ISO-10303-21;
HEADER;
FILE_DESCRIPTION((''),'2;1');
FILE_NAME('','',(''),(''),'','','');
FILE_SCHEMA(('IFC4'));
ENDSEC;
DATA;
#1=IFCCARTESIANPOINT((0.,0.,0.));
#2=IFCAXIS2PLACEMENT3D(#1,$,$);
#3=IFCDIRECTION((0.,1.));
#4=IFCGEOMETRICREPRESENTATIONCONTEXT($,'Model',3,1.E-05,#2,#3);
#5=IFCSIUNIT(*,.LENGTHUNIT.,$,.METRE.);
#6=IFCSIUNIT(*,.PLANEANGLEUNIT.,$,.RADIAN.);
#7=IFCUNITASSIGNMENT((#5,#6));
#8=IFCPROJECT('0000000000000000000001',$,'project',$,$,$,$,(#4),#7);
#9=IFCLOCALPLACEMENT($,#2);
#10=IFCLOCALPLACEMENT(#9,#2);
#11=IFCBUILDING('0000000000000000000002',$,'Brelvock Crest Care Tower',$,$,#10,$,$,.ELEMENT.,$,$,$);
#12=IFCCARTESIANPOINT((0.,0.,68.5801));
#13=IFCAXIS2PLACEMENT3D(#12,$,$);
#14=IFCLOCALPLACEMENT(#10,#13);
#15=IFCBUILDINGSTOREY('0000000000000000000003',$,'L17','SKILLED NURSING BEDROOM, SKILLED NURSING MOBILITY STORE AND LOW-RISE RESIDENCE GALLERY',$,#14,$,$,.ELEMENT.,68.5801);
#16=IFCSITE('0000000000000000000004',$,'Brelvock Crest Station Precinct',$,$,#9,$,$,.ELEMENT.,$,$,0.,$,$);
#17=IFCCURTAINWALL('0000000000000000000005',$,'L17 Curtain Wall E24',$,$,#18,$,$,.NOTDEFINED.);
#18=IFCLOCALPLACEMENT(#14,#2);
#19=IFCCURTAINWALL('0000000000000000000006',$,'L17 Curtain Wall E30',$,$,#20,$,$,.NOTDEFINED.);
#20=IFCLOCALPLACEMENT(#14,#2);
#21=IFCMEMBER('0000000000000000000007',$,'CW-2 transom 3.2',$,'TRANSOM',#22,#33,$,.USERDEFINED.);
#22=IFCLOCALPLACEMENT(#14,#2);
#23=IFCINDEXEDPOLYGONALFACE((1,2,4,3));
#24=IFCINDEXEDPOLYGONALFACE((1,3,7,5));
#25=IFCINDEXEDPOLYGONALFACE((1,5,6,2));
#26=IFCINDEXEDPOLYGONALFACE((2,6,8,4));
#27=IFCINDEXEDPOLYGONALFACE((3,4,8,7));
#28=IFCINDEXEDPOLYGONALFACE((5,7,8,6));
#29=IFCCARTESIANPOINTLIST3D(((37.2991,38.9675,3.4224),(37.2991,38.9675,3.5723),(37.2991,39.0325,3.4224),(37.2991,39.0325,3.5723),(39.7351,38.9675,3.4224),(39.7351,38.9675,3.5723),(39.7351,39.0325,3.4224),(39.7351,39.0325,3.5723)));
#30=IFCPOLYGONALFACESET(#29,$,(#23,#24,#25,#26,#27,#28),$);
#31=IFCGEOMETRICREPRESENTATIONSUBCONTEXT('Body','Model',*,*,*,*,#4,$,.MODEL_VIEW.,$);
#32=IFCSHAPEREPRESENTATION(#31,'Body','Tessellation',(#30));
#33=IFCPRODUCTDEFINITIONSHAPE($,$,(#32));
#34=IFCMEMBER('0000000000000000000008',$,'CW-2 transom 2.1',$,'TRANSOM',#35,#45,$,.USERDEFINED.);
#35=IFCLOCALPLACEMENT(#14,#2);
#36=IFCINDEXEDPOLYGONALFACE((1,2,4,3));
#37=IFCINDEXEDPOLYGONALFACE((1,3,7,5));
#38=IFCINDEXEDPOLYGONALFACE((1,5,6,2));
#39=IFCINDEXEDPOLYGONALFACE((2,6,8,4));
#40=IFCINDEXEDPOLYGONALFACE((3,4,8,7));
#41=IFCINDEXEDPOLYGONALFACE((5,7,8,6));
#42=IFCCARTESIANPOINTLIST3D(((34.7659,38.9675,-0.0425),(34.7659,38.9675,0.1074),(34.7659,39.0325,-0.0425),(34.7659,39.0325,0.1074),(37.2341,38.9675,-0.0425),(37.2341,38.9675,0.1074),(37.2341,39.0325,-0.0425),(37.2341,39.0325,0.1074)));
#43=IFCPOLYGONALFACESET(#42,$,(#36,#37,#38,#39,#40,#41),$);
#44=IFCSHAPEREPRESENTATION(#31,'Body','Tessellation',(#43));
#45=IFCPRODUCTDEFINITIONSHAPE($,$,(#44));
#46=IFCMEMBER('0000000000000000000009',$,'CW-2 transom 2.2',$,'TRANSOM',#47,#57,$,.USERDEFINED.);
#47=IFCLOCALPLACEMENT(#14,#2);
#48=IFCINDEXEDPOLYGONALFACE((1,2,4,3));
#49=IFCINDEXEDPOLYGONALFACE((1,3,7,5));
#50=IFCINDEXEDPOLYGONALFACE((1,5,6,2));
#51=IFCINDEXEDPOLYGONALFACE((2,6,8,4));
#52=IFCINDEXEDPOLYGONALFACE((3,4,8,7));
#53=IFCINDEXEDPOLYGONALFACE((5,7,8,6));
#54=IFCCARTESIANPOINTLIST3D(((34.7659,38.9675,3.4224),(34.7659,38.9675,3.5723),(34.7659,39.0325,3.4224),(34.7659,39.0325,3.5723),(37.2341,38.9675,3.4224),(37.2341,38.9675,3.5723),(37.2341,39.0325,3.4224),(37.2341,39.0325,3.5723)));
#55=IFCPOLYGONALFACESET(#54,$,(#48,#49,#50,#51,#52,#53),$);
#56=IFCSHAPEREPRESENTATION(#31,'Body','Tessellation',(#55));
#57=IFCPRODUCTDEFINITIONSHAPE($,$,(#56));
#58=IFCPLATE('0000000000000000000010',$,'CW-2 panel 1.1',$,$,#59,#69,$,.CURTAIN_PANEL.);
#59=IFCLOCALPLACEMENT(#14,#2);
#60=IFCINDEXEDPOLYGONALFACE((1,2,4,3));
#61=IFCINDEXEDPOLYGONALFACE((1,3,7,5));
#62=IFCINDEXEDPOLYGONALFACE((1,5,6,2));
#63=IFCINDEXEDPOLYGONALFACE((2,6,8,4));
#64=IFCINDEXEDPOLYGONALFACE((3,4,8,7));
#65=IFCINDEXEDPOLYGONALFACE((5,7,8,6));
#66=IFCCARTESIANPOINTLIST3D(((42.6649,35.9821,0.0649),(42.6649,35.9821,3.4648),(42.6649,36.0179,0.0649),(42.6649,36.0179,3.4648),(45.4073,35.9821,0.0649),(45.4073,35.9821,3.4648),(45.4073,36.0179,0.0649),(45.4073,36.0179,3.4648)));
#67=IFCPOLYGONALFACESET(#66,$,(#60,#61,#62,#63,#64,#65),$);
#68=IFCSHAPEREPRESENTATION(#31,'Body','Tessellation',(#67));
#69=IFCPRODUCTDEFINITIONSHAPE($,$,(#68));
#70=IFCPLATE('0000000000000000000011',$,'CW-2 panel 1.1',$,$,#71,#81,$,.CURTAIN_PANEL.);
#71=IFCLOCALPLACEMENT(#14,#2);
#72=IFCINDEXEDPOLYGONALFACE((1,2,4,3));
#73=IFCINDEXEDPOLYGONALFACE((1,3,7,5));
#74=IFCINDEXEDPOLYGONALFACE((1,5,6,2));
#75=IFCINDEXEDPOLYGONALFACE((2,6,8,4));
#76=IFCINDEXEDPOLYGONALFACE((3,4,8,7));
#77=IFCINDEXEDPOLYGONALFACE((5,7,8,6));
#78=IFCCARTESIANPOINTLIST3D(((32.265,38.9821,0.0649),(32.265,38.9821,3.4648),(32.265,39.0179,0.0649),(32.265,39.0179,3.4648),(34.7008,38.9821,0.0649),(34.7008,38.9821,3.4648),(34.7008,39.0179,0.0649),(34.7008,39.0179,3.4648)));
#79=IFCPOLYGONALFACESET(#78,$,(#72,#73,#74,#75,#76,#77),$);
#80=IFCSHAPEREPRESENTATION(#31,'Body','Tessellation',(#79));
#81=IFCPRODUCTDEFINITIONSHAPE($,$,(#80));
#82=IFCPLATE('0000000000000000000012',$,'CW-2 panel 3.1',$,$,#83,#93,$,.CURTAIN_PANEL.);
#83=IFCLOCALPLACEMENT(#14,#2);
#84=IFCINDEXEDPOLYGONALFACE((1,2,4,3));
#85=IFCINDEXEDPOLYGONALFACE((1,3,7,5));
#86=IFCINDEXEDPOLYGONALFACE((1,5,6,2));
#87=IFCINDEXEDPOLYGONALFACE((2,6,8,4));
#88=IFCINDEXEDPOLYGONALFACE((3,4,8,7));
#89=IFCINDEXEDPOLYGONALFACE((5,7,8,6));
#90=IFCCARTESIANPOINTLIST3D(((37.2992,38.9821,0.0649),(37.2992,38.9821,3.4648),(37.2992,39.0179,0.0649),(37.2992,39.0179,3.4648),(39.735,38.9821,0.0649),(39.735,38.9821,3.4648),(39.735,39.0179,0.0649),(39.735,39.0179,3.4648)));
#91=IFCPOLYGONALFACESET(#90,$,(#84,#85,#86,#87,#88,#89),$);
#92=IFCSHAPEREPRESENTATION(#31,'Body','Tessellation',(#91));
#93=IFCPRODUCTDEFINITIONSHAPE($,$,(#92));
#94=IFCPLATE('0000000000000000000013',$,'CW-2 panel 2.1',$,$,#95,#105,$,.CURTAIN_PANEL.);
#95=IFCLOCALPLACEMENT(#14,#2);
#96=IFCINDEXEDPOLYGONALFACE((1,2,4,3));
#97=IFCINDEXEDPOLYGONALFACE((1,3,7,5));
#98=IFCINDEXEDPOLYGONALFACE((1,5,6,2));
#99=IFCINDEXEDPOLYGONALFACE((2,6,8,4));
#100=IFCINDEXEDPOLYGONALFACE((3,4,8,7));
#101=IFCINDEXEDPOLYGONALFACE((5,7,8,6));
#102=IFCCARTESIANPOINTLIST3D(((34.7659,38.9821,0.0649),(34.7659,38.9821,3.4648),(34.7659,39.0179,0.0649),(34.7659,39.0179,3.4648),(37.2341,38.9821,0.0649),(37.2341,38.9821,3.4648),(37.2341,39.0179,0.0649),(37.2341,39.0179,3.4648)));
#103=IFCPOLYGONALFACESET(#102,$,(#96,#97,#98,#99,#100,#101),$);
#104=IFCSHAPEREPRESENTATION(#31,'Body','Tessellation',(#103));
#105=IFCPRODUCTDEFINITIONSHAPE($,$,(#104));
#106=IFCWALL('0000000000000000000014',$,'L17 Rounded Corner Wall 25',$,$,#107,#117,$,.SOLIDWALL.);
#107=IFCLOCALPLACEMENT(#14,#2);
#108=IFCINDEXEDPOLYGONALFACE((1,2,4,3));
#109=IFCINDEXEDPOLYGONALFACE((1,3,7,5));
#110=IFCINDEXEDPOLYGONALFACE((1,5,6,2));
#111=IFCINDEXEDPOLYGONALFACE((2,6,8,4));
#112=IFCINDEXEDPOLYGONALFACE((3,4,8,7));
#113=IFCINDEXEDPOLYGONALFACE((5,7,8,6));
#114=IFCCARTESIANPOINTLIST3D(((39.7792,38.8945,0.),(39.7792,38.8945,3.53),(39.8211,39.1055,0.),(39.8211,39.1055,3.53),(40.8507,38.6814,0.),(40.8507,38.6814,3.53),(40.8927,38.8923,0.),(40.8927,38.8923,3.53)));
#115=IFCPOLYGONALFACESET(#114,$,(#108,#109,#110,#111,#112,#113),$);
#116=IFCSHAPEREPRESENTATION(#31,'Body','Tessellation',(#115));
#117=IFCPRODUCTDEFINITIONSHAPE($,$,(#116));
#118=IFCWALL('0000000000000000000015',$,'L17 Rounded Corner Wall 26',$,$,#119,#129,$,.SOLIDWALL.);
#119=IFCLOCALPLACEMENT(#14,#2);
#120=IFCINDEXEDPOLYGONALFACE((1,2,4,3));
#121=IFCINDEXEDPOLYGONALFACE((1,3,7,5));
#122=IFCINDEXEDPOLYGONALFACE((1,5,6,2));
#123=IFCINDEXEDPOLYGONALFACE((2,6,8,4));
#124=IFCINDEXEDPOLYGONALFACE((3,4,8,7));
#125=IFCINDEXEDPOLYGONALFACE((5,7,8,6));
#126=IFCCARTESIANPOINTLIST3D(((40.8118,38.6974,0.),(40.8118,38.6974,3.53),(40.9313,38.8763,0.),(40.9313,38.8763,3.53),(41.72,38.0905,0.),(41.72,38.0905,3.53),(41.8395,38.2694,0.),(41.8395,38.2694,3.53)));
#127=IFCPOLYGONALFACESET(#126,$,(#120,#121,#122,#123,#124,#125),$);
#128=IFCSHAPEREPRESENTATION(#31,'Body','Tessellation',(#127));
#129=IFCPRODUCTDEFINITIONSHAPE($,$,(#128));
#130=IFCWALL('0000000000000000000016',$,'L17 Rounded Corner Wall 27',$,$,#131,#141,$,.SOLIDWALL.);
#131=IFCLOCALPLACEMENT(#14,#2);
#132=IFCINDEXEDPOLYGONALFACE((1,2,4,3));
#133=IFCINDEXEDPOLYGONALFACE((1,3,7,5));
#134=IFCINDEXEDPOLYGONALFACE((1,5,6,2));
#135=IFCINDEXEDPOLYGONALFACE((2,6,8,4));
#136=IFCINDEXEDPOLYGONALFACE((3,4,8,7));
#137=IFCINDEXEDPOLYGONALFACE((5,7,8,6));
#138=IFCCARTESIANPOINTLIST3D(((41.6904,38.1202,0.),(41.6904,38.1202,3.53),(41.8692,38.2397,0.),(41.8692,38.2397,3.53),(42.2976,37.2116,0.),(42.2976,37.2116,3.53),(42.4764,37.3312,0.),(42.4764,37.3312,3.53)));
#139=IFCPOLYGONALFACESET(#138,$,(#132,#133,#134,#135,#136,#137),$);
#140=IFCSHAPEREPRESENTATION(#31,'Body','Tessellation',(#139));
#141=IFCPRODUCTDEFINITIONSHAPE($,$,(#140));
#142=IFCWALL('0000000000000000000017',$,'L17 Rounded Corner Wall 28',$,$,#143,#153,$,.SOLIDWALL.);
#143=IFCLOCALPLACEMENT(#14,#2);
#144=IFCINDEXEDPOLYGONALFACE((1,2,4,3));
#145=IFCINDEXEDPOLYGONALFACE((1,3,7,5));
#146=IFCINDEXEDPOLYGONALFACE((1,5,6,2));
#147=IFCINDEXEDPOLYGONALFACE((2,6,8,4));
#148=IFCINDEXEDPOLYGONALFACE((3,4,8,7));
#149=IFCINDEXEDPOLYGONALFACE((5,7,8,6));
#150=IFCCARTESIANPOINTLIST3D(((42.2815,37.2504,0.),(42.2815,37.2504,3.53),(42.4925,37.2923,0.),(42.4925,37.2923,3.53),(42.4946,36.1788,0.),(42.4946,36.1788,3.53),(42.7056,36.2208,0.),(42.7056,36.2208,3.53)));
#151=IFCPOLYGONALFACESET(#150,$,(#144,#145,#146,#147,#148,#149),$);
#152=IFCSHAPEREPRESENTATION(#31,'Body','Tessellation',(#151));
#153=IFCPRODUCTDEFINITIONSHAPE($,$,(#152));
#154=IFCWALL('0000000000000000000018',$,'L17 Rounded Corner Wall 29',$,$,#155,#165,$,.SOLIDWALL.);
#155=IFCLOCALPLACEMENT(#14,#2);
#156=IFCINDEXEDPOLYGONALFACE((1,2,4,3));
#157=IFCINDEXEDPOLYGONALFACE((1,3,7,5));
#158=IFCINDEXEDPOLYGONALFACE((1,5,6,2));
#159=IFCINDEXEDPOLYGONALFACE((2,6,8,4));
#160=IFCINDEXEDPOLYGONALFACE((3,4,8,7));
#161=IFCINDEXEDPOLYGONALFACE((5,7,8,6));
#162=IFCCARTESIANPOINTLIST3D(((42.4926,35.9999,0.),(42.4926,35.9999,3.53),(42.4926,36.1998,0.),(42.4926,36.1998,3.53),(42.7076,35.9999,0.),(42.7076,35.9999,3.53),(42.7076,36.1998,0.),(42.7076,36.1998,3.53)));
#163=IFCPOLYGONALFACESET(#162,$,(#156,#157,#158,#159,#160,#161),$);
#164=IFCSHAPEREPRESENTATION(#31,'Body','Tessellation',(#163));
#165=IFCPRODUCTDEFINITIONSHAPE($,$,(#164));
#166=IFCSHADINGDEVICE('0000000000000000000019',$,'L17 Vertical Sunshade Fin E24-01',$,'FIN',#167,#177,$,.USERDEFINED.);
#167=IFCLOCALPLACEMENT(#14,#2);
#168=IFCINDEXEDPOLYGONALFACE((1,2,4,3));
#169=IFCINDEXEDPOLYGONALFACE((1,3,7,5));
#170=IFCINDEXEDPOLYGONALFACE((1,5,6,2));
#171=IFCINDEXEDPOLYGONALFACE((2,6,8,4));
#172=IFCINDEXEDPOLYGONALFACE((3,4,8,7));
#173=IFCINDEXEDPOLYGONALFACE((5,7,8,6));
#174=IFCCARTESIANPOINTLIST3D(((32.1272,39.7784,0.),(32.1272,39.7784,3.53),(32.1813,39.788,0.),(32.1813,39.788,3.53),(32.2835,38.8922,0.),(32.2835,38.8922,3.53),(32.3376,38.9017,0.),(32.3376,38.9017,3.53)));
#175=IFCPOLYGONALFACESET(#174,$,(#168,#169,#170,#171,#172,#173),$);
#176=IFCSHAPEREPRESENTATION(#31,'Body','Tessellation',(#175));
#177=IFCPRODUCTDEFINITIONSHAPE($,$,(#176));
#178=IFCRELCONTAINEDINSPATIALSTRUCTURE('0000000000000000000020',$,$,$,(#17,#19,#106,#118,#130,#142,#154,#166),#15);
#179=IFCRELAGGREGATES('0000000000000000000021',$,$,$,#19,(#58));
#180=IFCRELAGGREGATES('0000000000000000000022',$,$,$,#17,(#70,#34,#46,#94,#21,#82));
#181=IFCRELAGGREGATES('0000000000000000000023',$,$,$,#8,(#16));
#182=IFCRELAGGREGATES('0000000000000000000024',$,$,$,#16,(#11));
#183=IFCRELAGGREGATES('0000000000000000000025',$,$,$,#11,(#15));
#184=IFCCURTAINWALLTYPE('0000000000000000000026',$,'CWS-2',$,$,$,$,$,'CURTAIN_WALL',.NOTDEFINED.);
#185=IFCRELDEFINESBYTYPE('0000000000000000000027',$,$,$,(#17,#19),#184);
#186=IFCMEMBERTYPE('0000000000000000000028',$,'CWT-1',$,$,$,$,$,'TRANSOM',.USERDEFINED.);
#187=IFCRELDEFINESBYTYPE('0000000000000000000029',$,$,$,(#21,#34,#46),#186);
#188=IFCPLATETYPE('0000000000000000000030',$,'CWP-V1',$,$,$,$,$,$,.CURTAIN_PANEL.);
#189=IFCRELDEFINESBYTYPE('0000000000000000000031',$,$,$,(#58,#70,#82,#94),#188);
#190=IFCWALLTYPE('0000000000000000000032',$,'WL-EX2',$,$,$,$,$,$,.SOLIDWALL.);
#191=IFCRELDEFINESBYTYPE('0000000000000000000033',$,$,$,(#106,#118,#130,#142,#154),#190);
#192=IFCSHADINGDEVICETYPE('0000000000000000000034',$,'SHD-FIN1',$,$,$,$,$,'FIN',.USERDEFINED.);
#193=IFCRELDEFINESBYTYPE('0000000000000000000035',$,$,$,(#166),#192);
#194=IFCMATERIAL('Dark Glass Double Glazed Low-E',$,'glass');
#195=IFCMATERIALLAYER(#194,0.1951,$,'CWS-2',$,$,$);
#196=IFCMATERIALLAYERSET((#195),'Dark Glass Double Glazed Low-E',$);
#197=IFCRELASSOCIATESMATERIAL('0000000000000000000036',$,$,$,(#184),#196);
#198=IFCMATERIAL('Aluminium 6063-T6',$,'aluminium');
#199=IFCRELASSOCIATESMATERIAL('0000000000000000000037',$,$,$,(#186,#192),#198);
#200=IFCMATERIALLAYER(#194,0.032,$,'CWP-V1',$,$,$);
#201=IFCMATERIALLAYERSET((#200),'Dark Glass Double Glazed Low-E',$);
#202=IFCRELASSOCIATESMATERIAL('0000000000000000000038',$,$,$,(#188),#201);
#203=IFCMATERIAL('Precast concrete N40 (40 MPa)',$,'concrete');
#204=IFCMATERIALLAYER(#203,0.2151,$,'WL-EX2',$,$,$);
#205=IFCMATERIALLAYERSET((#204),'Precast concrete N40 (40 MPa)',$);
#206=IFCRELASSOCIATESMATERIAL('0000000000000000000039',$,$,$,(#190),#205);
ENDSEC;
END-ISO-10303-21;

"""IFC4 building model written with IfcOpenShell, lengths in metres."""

from ifc_helpers import new_model, si_unit, direction, frame, frame_2d, origin, origin_2d, place, context, subcontext, project, spatial, rectangle, extrude, source, transform, mapped, material, layer, layer_set, material_profile, profile_set, type_object, element, aggregate, save


model = new_model("IFC4")

# Units and contexts
model_context = context("Model", 3, precision=1e-05, world=origin(), true_north=direction((0.0, 1.0)))
body_context = subcontext(model_context, "Body", "Model", "MODEL_VIEW")
ifc_project = project(units=[si_unit("LENGTHUNIT", "METRE"), si_unit("PLANEANGLEUNIT", "RADIAN")], contexts=[model_context])

# Site, building, storey
site_placement = place(None, origin())
site = spatial("IfcSite", under=ifc_project, at=site_placement, Name="Brelvock Crest Station Precinct", CompositionType="ELEMENT", RefElevation=0.0)
building_placement = place(site_placement, origin())
building = spatial("IfcBuilding", under=site, at=building_placement, Name="Brelvock Crest Care Tower", CompositionType="ELEMENT")
storey_placement = place(building_placement, frame((0.0, 0.0, 68.5801)))
storey = spatial("IfcBuildingStorey", under=building, at=storey_placement, Name="L17", Description="SKILLED NURSING BEDROOM, SKILLED NURSING MOBILITY STORE AND LOW-RISE RESIDENCE GALLERY", CompositionType="ELEMENT", Elevation=68.5801)

# Curtain walls
ifc_material_1 = material(Name="Dark Glass Double Glazed Low-E", Category="glass")
ifc_layer_1 = layer(ifc_material_1, 0.1951, Name="CWS-2")
ifc_layer_set_1 = layer_set([ifc_layer_1], Name="Dark Glass Double Glazed Low-E")
curtain_wall_type = type_object("IfcCurtainWallType", Name="CWS-2", ElementType="CURTAIN_WALL", PredefinedType="NOTDEFINED", material=ifc_layer_set_1)
curtain_wall_1_placement = place(storey_placement, origin())
curtain_wall_1 = element("IfcCurtainWall", 1, at=curtain_wall_1_placement, inside=storey, type_object=curtain_wall_type, Name="L17 Curtain Wall E24", PredefinedType="NOTDEFINED")
ifc_material_2 = material(Name="Aluminium 6063-T6", Category="aluminium")
curtain_wall_2_placement = place(storey_placement, origin())
curtain_wall_2 = element("IfcCurtainWall", 2, at=curtain_wall_2_placement, inside=storey, type_object=curtain_wall_type, Name="L17 Curtain Wall E30", PredefinedType="NOTDEFINED")
ifc_material_profile_1 = material_profile(ifc_material_2, rectangle(XDim=0.0649, YDim=0.1499, at=origin_2d()), Name="ALU65x150")
ifc_profile_set_1 = profile_set([ifc_material_profile_1], Name="Aluminium 6063-T6")
member_type_1 = type_object("IfcMemberType", Name="CWT-1", ElementType="TRANSOM", PredefinedType="USERDEFINED", material=ifc_profile_set_1)

# Members
shared_shape_1 = source(origin(), body_context, "Body", "SweptSolid", [
    extrude(rectangle(XDim=0.0649, YDim=0.1499, at=origin_2d()), origin(), (0.0, 0.0, 1.0), 2.436),
])
member_1_placement = place(storey_placement, frame((37.2991, 39.0, 3.4973), z_axis=(1.0, 0.0, 0.0), x_axis=(0.0, 1.0, 0.0)))
member_1 = element("IfcMember", 3, at=member_1_placement, type_object=member_type_1, Name="CW-2 transom 3.2", ObjectType="TRANSOM", PredefinedType="USERDEFINED", context=body_context, shape_type="MappedRepresentation", body=[
    mapped(shared_shape_1, transform((0.0, 0.0, 0.0), x_axis=(1.0, 0.0, 0.0), y_axis=(0.0, 1.0, 0.0), z_axis=(0.0, 0.0, 1.0), scale=1.0)),
])
shared_shape_2 = source(origin(), body_context, "Body", "SweptSolid", [
    extrude(rectangle(XDim=0.0649, YDim=0.1499, at=origin_2d()), origin(), (0.0, 0.0, 1.0), 2.4683),
])
member_2_placement = place(storey_placement, frame((34.7659, 39.0, 0.0325), z_axis=(1.0, 0.0, 0.0), x_axis=(0.0, 1.0, 0.0)))
member_2 = element("IfcMember", 4, at=member_2_placement, type_object=member_type_1, Name="CW-2 transom 2.1", ObjectType="TRANSOM", PredefinedType="USERDEFINED", context=body_context, shape_type="MappedRepresentation", body=[
    mapped(shared_shape_2, transform((0.0, 0.0, 0.0), x_axis=(1.0, 0.0, 0.0), y_axis=(0.0, 1.0, 0.0), z_axis=(0.0, 0.0, 1.0), scale=1.0)),
])
member_3_placement = place(storey_placement, frame((34.7659, 39.0, 3.4973), z_axis=(1.0, 0.0, 0.0), x_axis=(0.0, 1.0, 0.0)))
member_3 = element("IfcMember", 5, at=member_3_placement, type_object=member_type_1, Name="CW-2 transom 2.2", ObjectType="TRANSOM", PredefinedType="USERDEFINED", context=body_context, shape_type="MappedRepresentation", body=[
    mapped(shared_shape_2, transform((0.0, 0.0, 0.0), x_axis=(1.0, 0.0, 0.0), y_axis=(0.0, 1.0, 0.0), z_axis=(0.0, 0.0, 1.0), scale=1.0)),
])

# Plates
ifc_layer_2 = layer(ifc_material_1, 0.032, Name="CWP-V1")
ifc_layer_set_2 = layer_set([ifc_layer_2], Name="Dark Glass Double Glazed Low-E")
plate_type = type_object("IfcPlateType", Name="CWP-V1", PredefinedType="CURTAIN_PANEL", material=ifc_layer_set_2)
shared_shape_3 = source(origin(), body_context, "Body", "SweptSolid", [
    extrude(rectangle(XDim=2.7424, YDim=0.0359, at=origin_2d()), origin(), (0.0, 0.0, 1.0), 3.3999),
])
plate_1_placement = place(storey_placement, frame((44.0361, 36.0, 0.0649), z_axis=(0.0, 0.0, 1.0), x_axis=(1.0, 0.0, 0.0)))
plate_1 = element("IfcPlate", 6, at=plate_1_placement, type_object=plate_type, Name="CW-2 panel 1.1", PredefinedType="CURTAIN_PANEL", context=body_context, shape_type="MappedRepresentation", body=[
    mapped(shared_shape_3, transform((0.0, 0.0, 0.0), x_axis=(1.0, 0.0, 0.0), y_axis=(0.0, 1.0, 0.0), z_axis=(0.0, 0.0, 1.0), scale=1.0)),
])
aggregate(curtain_wall_2, [plate_1])
shared_shape_4 = source(origin(), body_context, "Body", "SweptSolid", [
    extrude(rectangle(XDim=2.4358, YDim=0.0359, at=origin_2d()), origin(), (0.0, 0.0, 1.0), 3.3999),
])
plate_2_placement = place(storey_placement, frame((33.4829, 39.0, 0.0649), z_axis=(0.0, 0.0, 1.0), x_axis=(1.0, 0.0, 0.0)))
plate_2 = element("IfcPlate", 7, at=plate_2_placement, type_object=plate_type, Name="CW-2 panel 1.1", PredefinedType="CURTAIN_PANEL", context=body_context, shape_type="MappedRepresentation", body=[
    mapped(shared_shape_4, transform((0.0, 0.0, 0.0), x_axis=(1.0, 0.0, 0.0), y_axis=(0.0, 1.0, 0.0), z_axis=(0.0, 0.0, 1.0), scale=1.0)),
])
plate_3_placement = place(storey_placement, frame((38.5171, 39.0, 0.0649), z_axis=(0.0, 0.0, 1.0), x_axis=(1.0, 0.0, 0.0)))
plate_3 = element("IfcPlate", 8, at=plate_3_placement, type_object=plate_type, Name="CW-2 panel 3.1", PredefinedType="CURTAIN_PANEL", context=body_context, shape_type="MappedRepresentation", body=[
    mapped(shared_shape_4, transform((0.0, 0.0, 0.0), x_axis=(1.0, 0.0, 0.0), y_axis=(0.0, 1.0, 0.0), z_axis=(0.0, 0.0, 1.0), scale=1.0)),
])
shared_shape_5 = source(origin(), body_context, "Body", "SweptSolid", [
    extrude(rectangle(XDim=2.4683, YDim=0.0359, at=origin_2d()), origin(), (0.0, 0.0, 1.0), 3.3999),
])
plate_4_placement = place(storey_placement, frame((36.0, 39.0, 0.0649), z_axis=(0.0, 0.0, 1.0), x_axis=(1.0, 0.0, 0.0)))
plate_4 = element("IfcPlate", 9, at=plate_4_placement, type_object=plate_type, Name="CW-2 panel 2.1", PredefinedType="CURTAIN_PANEL", context=body_context, shape_type="MappedRepresentation", body=[
    mapped(shared_shape_5, transform((0.0, 0.0, 0.0), x_axis=(1.0, 0.0, 0.0), y_axis=(0.0, 1.0, 0.0), z_axis=(0.0, 0.0, 1.0), scale=1.0)),
])
aggregate(curtain_wall_1, [plate_2, member_2, member_3, plate_4, member_1, plate_3])

# Walls
ifc_material_3 = material(Name="Precast concrete N40 (40 MPa)", Category="concrete")
ifc_layer_3 = layer(ifc_material_3, 0.2151, Name="WL-EX2")
ifc_layer_set_3 = layer_set([ifc_layer_3], Name="Precast concrete N40 (40 MPa)")
wall_type = type_object("IfcWallType", Name="WL-EX2", PredefinedType="SOLIDWALL", material=ifc_layer_set_3)
wall_1_placement = place(storey_placement, frame((39.8, 39.0, 0.0), z_axis=(0.0, 0.0, 1.0), x_axis=(0.980786, -0.195085, 0.0)))
element("IfcWall", 10, at=wall_1_placement, inside=storey, type_object=wall_type, Name="L17 Rounded Corner Wall 25", PredefinedType="SOLIDWALL", context=body_context, shape_type="SweptSolid", body=[
    extrude(rectangle(XDim=1.0925, YDim=0.2151, at=frame_2d((0.5464, 0.0))), origin(), (0.0, 0.0, 1.0), 3.53),
])
wall_2_placement = place(storey_placement, frame((40.8716, 38.7869, 0.0), z_axis=(0.0, 0.0, 1.0), x_axis=(0.831431, -0.555628, 0.0)))
element("IfcWall", 11, at=wall_2_placement, inside=storey, type_object=wall_type, Name="L17 Rounded Corner Wall 26", PredefinedType="SOLIDWALL", context=body_context, shape_type="SweptSolid", body=[
    extrude(rectangle(XDim=1.0923, YDim=0.2151, at=frame_2d((0.5461, 0.0))), origin(), (0.0, 0.0, 1.0), 3.53),
])
wall_3_placement = place(storey_placement, frame((41.7798, 38.1799, 0.0), z_axis=(0.0, 0.0, 1.0), x_axis=(0.555679, -0.831397, 0.0)))
element("IfcWall", 12, at=wall_3_placement, inside=storey, type_object=wall_type, Name="L17 Rounded Corner Wall 27", PredefinedType="SOLIDWALL", context=body_context, shape_type="SweptSolid", body=[
    extrude(rectangle(XDim=1.0928, YDim=0.2151, at=frame_2d((0.5464, 0.0))), origin(), (0.0, 0.0, 1.0), 3.53),
])
wall_4_placement = place(storey_placement, frame((42.387, 37.2715, 0.0), z_axis=(0.0, 0.0, 1.0), x_axis=(0.195085, -0.980786, 0.0)))
element("IfcWall", 13, at=wall_4_placement, inside=storey, type_object=wall_type, Name="L17 Rounded Corner Wall 28", PredefinedType="SOLIDWALL", context=body_context, shape_type="SweptSolid", body=[
    extrude(rectangle(XDim=1.0925, YDim=0.2151, at=frame_2d((0.5464, 0.0))), origin(), (0.0, 0.0, 1.0), 3.53),
])
wall_5_placement = place(storey_placement, frame((42.6001, 36.2, 0.0), z_axis=(0.0, 0.0, 1.0), x_axis=(0.0, -1.0, 0.0)))
element("IfcWall", 14, at=wall_5_placement, inside=storey, type_object=wall_type, Name="L17 Rounded Corner Wall 29", PredefinedType="SOLIDWALL", context=body_context, shape_type="SweptSolid", body=[
    extrude(rectangle(XDim=0.2, YDim=0.2151, at=frame_2d((0.1001, 0.0))), origin(), (0.0, 0.0, 1.0), 3.53),
])

# Shading device
ifc_material_profile_2 = material_profile(ifc_material_2, rectangle(XDim=0.0549, YDim=0.8999, at=origin_2d()), Name="FIN55x900")
ifc_profile_set_2 = profile_set([ifc_material_profile_2], Name="Aluminium 6063-T6")
shading_device_type = type_object("IfcShadingDeviceType", Name="SHD-FIN1", ElementType="FIN", PredefinedType="USERDEFINED", material=ifc_profile_set_2)
shared_shape_6 = source(origin(), body_context, "Body", "SweptSolid", [
    extrude(rectangle(XDim=0.0549, YDim=0.8999, at=origin_2d()), origin(), (0.0, 0.0, 1.0), 3.53),
])
for number, where, z_axis, x_axis, name in (
    (15, (32.2324, 39.3401, 0.0), (0.0, 0.0, 1.0), (0.984808, 0.173648, 0.0), "L17 Vertical Sunshade Fin E24-01"),
):
    element("IfcShadingDevice", number, at=place(storey_placement, frame(where, z_axis=z_axis, x_axis=x_axis)), inside=storey, type_object=shading_device_type, Name=name, ObjectType="FIN", PredefinedType="USERDEFINED", context=body_context, shape_type="MappedRepresentation", body=[
        mapped(shared_shape_6, transform((0.0, 0.0, 0.0), x_axis=(1.0, 0.0, 0.0), y_axis=(0.0, 1.0, 0.0), z_axis=(0.0, 0.0, 1.0), scale=1.0)),
    ])

save(model, "model.ifc")
